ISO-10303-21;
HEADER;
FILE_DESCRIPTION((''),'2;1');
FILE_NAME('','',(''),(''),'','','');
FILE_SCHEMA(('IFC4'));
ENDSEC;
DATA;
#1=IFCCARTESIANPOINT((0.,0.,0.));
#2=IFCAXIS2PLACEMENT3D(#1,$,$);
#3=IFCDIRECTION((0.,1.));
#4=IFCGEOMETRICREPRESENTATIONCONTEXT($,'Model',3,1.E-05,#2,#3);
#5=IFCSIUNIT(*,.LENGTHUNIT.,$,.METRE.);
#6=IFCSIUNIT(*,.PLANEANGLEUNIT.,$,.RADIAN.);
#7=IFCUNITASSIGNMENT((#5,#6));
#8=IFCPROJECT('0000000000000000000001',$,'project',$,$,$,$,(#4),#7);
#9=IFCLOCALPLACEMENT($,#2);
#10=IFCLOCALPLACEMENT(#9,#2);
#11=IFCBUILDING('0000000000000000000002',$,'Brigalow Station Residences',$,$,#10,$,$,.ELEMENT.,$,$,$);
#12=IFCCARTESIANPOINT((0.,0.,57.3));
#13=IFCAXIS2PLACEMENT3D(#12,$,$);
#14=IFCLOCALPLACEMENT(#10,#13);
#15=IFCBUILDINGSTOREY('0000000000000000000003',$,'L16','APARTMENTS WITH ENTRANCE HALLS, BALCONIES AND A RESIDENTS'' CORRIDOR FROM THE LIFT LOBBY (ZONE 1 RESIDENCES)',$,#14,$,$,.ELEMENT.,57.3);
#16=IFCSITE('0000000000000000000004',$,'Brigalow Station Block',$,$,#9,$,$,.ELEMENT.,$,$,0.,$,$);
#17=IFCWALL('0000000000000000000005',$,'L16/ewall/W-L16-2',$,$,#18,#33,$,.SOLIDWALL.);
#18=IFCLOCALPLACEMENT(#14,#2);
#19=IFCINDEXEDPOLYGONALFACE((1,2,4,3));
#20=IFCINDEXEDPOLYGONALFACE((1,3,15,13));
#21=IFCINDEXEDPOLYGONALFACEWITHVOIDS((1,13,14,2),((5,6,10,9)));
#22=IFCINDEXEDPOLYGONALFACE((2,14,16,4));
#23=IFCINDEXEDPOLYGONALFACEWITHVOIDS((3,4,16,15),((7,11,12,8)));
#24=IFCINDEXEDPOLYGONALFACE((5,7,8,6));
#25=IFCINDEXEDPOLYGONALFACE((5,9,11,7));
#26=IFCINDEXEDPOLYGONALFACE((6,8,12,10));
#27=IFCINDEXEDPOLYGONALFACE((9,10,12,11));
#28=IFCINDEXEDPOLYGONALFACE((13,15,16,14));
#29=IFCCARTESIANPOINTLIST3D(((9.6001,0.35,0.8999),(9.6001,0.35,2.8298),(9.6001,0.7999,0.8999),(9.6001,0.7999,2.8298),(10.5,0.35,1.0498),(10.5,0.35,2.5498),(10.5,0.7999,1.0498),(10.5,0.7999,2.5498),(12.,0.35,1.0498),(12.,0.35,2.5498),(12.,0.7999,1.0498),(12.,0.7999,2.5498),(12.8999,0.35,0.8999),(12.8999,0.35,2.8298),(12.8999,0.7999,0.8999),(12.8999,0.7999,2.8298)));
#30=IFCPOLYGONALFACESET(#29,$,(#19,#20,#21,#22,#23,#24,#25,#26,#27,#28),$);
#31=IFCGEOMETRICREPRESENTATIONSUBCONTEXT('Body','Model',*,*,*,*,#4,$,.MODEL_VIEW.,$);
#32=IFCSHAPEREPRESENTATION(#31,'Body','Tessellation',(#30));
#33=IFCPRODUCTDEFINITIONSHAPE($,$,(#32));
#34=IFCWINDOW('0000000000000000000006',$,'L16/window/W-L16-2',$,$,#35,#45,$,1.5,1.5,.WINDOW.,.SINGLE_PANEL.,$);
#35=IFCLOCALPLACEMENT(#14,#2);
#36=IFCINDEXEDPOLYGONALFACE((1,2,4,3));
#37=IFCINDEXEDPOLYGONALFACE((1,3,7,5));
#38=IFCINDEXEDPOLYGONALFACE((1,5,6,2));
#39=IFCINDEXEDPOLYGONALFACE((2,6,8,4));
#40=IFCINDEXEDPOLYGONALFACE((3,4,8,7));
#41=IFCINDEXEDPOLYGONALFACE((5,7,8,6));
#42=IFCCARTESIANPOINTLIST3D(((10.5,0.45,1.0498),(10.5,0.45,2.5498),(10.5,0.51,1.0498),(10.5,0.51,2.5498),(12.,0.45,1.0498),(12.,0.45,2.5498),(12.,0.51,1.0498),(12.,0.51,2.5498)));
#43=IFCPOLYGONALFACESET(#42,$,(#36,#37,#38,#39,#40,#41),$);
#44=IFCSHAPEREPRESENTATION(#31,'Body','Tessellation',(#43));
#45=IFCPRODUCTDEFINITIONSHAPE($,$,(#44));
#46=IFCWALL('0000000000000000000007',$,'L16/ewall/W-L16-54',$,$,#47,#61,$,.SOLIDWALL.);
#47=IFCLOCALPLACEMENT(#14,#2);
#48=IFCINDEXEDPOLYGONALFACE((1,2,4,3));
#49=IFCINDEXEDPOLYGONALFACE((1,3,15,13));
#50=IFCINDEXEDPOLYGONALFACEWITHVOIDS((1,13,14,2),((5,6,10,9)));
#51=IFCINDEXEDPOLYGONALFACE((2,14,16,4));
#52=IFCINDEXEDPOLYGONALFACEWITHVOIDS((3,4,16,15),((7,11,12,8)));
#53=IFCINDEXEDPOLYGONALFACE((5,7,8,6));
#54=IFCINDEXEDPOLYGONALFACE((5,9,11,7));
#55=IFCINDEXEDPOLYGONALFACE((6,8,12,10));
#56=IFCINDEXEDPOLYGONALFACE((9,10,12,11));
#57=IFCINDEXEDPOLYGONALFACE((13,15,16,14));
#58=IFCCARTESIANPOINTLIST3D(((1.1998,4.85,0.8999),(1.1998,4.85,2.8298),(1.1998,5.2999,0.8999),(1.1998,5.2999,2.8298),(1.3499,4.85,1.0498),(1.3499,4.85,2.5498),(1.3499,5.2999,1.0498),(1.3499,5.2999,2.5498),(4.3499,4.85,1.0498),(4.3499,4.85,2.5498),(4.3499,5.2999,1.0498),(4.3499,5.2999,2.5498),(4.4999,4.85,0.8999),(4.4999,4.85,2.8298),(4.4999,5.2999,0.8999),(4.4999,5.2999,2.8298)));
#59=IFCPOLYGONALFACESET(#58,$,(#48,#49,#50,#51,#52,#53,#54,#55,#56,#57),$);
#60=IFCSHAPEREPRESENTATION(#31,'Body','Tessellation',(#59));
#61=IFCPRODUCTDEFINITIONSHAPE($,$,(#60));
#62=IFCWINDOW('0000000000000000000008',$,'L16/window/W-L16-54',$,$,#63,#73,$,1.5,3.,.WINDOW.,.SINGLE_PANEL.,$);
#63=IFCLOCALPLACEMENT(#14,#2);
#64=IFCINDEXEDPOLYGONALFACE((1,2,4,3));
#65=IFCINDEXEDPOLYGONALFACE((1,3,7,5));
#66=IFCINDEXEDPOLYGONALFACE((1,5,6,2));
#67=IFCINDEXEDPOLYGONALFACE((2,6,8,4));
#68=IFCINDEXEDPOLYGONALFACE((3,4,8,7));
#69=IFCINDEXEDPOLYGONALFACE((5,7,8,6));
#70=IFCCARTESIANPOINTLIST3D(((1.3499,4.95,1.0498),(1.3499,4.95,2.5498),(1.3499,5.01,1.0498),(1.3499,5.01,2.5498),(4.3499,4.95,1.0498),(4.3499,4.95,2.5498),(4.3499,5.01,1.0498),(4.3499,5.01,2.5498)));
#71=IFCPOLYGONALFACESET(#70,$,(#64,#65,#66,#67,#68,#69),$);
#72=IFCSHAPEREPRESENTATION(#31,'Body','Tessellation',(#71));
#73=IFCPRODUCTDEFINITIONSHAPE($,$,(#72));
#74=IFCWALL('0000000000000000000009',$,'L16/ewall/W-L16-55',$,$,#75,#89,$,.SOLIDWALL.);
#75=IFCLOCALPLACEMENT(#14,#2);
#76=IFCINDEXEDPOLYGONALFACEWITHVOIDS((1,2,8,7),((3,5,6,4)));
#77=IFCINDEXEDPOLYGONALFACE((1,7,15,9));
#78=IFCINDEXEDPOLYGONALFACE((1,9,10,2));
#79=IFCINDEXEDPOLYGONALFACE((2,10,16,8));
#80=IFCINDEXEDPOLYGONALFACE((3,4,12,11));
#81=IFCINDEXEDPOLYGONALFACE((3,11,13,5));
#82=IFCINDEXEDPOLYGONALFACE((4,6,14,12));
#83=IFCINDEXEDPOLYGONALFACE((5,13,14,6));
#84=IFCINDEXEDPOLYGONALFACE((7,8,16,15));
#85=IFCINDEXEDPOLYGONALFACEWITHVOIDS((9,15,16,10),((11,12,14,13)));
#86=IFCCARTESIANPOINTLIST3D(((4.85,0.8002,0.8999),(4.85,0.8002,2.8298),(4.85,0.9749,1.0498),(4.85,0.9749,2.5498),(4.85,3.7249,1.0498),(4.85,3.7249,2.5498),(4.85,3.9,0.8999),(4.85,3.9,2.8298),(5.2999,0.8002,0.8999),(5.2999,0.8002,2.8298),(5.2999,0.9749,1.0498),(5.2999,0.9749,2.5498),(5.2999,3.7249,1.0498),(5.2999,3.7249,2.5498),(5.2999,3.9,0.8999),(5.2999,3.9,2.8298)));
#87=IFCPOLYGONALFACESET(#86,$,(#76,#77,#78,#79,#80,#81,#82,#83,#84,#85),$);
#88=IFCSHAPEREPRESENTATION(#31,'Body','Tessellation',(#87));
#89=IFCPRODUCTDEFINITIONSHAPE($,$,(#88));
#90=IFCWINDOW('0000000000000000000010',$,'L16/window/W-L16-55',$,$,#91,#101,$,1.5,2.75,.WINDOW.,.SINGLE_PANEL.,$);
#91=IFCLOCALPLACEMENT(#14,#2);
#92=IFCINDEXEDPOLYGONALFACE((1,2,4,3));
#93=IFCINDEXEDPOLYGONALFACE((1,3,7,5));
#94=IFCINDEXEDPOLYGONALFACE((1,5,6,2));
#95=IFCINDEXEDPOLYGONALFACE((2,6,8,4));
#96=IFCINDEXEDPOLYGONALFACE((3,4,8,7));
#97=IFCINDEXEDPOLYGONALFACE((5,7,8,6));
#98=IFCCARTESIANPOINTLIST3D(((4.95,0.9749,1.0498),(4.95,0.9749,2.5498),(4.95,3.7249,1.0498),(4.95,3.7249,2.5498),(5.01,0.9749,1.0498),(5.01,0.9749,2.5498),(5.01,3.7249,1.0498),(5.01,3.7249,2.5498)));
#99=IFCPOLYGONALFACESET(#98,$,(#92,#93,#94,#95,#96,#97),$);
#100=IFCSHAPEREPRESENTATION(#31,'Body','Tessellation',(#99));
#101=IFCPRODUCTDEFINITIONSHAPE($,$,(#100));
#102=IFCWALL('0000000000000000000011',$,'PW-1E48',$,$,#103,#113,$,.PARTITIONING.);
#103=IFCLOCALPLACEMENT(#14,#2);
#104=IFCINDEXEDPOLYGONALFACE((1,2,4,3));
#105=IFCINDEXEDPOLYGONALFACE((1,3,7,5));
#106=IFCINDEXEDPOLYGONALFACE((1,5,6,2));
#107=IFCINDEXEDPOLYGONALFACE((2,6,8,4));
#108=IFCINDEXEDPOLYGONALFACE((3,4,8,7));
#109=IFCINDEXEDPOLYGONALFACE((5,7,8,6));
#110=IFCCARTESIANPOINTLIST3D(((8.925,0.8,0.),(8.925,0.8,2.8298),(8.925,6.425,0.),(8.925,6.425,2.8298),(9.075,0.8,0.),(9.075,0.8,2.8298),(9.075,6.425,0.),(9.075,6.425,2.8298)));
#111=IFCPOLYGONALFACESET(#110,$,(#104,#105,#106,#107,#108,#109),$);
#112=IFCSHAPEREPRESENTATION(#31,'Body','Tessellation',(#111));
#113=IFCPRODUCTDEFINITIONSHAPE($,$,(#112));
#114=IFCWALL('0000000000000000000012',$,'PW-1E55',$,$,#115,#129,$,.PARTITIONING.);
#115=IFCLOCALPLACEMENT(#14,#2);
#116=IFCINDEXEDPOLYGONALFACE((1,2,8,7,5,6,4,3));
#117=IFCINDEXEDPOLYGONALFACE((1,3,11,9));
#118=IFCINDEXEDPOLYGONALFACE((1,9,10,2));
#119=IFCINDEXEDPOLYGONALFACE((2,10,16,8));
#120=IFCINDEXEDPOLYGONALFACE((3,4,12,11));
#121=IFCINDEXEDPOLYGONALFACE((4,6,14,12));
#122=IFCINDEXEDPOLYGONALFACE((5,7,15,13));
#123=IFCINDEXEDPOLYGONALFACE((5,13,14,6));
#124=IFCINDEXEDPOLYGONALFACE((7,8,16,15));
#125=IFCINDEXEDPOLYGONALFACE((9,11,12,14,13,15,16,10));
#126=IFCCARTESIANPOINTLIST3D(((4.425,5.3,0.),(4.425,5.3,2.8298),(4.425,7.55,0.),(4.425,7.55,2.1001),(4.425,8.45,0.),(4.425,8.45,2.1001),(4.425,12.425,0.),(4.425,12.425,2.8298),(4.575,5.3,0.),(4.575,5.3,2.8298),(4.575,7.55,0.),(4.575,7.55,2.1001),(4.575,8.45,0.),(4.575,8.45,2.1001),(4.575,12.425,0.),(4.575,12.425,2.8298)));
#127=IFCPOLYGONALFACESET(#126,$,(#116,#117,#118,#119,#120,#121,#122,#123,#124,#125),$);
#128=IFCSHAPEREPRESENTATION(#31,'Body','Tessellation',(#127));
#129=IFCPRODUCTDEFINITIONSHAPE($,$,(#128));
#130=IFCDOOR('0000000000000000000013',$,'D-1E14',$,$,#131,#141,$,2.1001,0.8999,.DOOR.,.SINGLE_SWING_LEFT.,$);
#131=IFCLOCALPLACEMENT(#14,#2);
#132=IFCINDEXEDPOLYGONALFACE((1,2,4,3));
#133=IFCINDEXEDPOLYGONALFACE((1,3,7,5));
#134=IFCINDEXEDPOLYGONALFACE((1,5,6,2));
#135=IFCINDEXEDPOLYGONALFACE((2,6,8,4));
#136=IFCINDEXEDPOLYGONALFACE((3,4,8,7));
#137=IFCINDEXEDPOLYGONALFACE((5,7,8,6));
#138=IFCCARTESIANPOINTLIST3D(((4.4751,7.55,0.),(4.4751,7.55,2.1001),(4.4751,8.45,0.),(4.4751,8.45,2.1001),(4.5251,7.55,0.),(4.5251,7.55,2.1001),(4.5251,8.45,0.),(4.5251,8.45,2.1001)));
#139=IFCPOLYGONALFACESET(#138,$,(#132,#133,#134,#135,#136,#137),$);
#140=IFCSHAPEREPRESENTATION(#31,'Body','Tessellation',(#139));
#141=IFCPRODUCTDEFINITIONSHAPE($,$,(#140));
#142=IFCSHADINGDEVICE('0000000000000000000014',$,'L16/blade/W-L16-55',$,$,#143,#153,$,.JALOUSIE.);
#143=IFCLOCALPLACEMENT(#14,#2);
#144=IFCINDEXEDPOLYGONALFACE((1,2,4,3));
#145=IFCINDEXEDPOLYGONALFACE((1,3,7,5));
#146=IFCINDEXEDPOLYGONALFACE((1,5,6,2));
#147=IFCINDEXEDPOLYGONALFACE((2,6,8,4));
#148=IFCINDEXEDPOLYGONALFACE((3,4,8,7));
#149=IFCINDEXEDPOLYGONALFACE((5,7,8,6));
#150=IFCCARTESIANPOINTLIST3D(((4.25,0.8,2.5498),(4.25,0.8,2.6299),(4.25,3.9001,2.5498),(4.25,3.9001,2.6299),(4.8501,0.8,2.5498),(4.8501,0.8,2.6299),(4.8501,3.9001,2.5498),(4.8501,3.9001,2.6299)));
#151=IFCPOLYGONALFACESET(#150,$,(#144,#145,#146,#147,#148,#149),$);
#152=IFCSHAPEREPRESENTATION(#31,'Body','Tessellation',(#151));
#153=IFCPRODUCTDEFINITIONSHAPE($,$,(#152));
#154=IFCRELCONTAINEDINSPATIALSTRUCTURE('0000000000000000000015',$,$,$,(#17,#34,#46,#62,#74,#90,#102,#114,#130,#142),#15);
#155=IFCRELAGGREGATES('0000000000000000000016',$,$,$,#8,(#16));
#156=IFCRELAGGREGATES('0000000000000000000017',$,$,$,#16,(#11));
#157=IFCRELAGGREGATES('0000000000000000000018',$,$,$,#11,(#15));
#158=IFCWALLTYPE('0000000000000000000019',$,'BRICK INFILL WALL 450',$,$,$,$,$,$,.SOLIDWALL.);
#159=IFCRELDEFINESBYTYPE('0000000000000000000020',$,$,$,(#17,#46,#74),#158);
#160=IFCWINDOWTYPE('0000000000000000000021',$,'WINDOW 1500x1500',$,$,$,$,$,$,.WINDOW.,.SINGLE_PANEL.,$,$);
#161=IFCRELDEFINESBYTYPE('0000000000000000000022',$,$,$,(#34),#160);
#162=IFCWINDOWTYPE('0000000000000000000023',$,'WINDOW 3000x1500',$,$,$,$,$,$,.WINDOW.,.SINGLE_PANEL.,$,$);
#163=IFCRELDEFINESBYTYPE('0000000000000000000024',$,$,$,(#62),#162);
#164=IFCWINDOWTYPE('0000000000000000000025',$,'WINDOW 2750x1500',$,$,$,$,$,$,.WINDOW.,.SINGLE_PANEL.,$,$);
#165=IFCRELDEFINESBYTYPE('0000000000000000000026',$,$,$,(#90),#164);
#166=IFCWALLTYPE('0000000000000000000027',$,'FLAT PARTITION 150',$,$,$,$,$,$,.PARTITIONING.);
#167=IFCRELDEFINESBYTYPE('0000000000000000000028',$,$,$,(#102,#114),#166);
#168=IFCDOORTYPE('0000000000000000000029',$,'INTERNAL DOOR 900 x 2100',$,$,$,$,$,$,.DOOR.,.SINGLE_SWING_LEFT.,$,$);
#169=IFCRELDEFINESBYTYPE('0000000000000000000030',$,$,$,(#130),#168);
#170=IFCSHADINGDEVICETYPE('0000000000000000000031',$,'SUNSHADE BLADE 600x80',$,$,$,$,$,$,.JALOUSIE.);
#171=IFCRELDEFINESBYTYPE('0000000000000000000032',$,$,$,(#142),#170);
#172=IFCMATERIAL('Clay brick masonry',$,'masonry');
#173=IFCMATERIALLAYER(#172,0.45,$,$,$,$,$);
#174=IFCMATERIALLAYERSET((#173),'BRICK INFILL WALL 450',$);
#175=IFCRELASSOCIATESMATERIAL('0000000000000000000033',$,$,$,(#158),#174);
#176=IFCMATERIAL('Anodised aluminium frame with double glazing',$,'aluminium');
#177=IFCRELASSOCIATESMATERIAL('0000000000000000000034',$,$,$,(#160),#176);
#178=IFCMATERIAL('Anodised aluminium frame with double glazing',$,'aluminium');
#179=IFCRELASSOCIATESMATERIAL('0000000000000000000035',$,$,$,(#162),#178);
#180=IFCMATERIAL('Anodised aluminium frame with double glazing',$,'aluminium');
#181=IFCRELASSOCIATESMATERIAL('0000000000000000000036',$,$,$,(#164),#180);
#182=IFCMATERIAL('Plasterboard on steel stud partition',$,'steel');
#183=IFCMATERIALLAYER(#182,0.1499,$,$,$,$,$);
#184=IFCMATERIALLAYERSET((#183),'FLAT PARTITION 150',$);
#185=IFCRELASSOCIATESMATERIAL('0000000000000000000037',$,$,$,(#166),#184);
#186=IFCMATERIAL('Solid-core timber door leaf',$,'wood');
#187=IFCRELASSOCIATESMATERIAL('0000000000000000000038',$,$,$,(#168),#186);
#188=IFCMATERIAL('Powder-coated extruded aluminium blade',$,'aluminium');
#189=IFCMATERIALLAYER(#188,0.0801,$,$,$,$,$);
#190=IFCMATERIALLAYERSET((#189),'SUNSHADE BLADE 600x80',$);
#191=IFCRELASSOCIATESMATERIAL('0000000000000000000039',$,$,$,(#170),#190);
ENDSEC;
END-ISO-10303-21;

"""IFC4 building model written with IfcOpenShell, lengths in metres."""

from ifc_helpers import new_model, si_unit, direction, frame, frame_2d, origin, origin_2d, place, context, subcontext, project, spatial, rectangle, extrude, material, layer, layer_set, type_object, element, fill, save


model = new_model("IFC4")

# Units and contexts
model_context = context("Model", 3, precision=1e-05, world=origin(), true_north=direction((0.0, 1.0)))
body_context = subcontext(model_context, "Body", "Model", "MODEL_VIEW")
ifc_project = project(units=[si_unit("LENGTHUNIT", "METRE"), si_unit("PLANEANGLEUNIT", "RADIAN")], contexts=[model_context])

# Site, building, storey
site_placement = place(None, origin())
site = spatial("IfcSite", under=ifc_project, at=site_placement, Name="Brigalow Station Block", CompositionType="ELEMENT", RefElevation=0.0)
building_placement = place(site_placement, origin())
building = spatial("IfcBuilding", under=site, at=building_placement, Name="Brigalow Station Residences", CompositionType="ELEMENT")
storey_placement = place(building_placement, frame((0.0, 0.0, 57.3)))
storey = spatial("IfcBuildingStorey", under=building, at=storey_placement, Name="L16", Description="APARTMENTS WITH ENTRANCE HALLS, BALCONIES AND A RESIDENTS' CORRIDOR FROM THE LIFT LOBBY (ZONE 1 RESIDENCES)", CompositionType="ELEMENT", Elevation=57.3)

# Walls, openings, windows
ifc_material_1 = material(Name="Clay brick masonry", Category="masonry")
ifc_layer_1 = layer(ifc_material_1, 0.45)
ifc_layer_set_1 = layer_set([ifc_layer_1], Name="BRICK INFILL WALL 450")
wall_type_1 = type_object("IfcWallType", Name="BRICK INFILL WALL 450", PredefinedType="SOLIDWALL", material=ifc_layer_set_1)
ifc_material_2 = material(Name="Anodised aluminium frame with double glazing", Category="aluminium")
window_type_1 = type_object("IfcWindowType", Name="WINDOW 1500x1500", PartitioningType="SINGLE_PANEL", PredefinedType="WINDOW", material=ifc_material_2)
wall_1_placement = place(storey_placement, frame((9.6001, 0.575, 0.8999), z_axis=(0.0, 0.0, 1.0), x_axis=(1.0, 0.0, 0.0)))
wall_1 = element("IfcWall", 1, at=wall_1_placement, inside=storey, type_object=wall_type_1, Name="L16/ewall/W-L16-2", PredefinedType="SOLIDWALL", context=body_context, shape_type="SweptSolid", body=[
    extrude(rectangle(XDim=3.2998, YDim=0.45, at=frame_2d((1.6499, 0.0))), origin(), (0.0, 0.0, 1.0), 1.9299),
])
opening_1_placement = place(wall_1_placement, frame((0.8999, 0.0, 0.1499)))
opening_1 = element("IfcOpeningElement", 2, at=opening_1_placement, cuts=wall_1, PredefinedType="OPENING", context=body_context, shape_type="SweptSolid", body=[
    extrude(rectangle(XDim=1.5, YDim=1.5, at=frame_2d((0.75, 0.75))), frame((0.0, 0.2349, 0.0), z_axis=(0.0, -1.0, 0.0), x_axis=(1.0, 0.0, 0.0)), (0.0, 0.0, 1.0), 0.47),
])
window_1_placement = place(opening_1_placement, origin())
window_1 = element("IfcWindow", 3, at=window_1_placement, inside=storey, type_object=window_type_1, Name="L16/window/W-L16-2", OverallHeight=1.5, OverallWidth=1.5, PartitioningType="SINGLE_PANEL", PredefinedType="WINDOW", context=body_context, shape_type="SweptSolid", body=[
    extrude(rectangle(XDim=1.5, YDim=1.5, at=frame_2d((0.75, 0.75))), frame((0.0, -0.0649, 0.0), z_axis=(0.0, -1.0, 0.0), x_axis=(1.0, 0.0, 0.0)), (0.0, 0.0, 1.0), 0.0601),
])
fill(opening_1, window_1)
wall_2_placement = place(storey_placement, frame((1.2, 5.075, 0.8999), z_axis=(0.0, 0.0, 1.0), x_axis=(1.0, 0.0, 0.0)))
wall_2 = element("IfcWall", 4, at=wall_2_placement, inside=storey, type_object=wall_type_1, Name="L16/ewall/W-L16-54", PredefinedType="SOLIDWALL", context=body_context, shape_type="SweptSolid", body=[
    extrude(rectangle(XDim=3.3, YDim=0.45, at=frame_2d((1.6499, 0.0))), origin(), (0.0, 0.0, 1.0), 1.9299),
])
opening_2_placement = place(wall_2_placement, frame((0.1499, 0.0, 0.1499)))
opening_2 = element("IfcOpeningElement", 5, at=opening_2_placement, cuts=wall_2, PredefinedType="OPENING", context=body_context, shape_type="SweptSolid", body=[
    extrude(rectangle(XDim=3.0, YDim=1.5, at=frame_2d((1.5, 0.75))), frame((0.0, 0.2349, 0.0), z_axis=(0.0, -1.0, 0.0), x_axis=(1.0, 0.0, 0.0)), (0.0, 0.0, 1.0), 0.47),
])
ifc_material_3 = material(Name="Anodised aluminium frame with double glazing", Category="aluminium")
window_type_2 = type_object("IfcWindowType", Name="WINDOW 3000x1500", PartitioningType="SINGLE_PANEL", PredefinedType="WINDOW", material=ifc_material_3)
window_2_placement = place(opening_2_placement, origin())
window_2 = element("IfcWindow", 6, at=window_2_placement, inside=storey, type_object=window_type_2, Name="L16/window/W-L16-54", OverallHeight=1.5, OverallWidth=3.0, PartitioningType="SINGLE_PANEL", PredefinedType="WINDOW", context=body_context, shape_type="SweptSolid", body=[
    extrude(rectangle(XDim=3.0, YDim=1.5, at=frame_2d((1.5, 0.75))), frame((0.0, -0.0649, 0.0), z_axis=(0.0, -1.0, 0.0), x_axis=(1.0, 0.0, 0.0)), (0.0, 0.0, 1.0), 0.0601),
])
fill(opening_2, window_2)
wall_3_placement = place(storey_placement, frame((5.075, 3.8999, 0.8999), z_axis=(0.0, 0.0, 1.0), x_axis=(0.0, -1.0, 0.0)))
wall_3 = element("IfcWall", 7, at=wall_3_placement, inside=storey, type_object=wall_type_1, Name="L16/ewall/W-L16-55", PredefinedType="SOLIDWALL", context=body_context, shape_type="SweptSolid", body=[
    extrude(rectangle(XDim=3.0999, YDim=0.45, at=frame_2d((1.5498, 0.0))), origin(), (0.0, 0.0, 1.0), 1.9299),
])
opening_3_placement = place(wall_3_placement, frame((0.175, 0.0, 0.1499)))
opening_3 = element("IfcOpeningElement", 8, at=opening_3_placement, cuts=wall_3, PredefinedType="OPENING", context=body_context, shape_type="SweptSolid", body=[
    extrude(rectangle(XDim=2.75, YDim=1.5, at=frame_2d((1.375, 0.75))), frame((0.0, 0.2349, 0.0), z_axis=(0.0, -1.0, 0.0), x_axis=(1.0, 0.0, 0.0)), (0.0, 0.0, 1.0), 0.47),
])
ifc_material_4 = material(Name="Anodised aluminium frame with double glazing", Category="aluminium")
window_type_3 = type_object("IfcWindowType", Name="WINDOW 2750x1500", PartitioningType="SINGLE_PANEL", PredefinedType="WINDOW", material=ifc_material_4)
window_3_placement = place(opening_3_placement, origin())
window_3 = element("IfcWindow", 9, at=window_3_placement, inside=storey, type_object=window_type_3, Name="L16/window/W-L16-55", OverallHeight=1.5, OverallWidth=2.75, PartitioningType="SINGLE_PANEL", PredefinedType="WINDOW", context=body_context, shape_type="SweptSolid", body=[
    extrude(rectangle(XDim=2.75, YDim=1.5, at=frame_2d((1.375, 0.75))), frame((0.0, -0.0649, 0.0), z_axis=(0.0, -1.0, 0.0), x_axis=(1.0, 0.0, 0.0)), (0.0, 0.0, 1.0), 0.0601),
])
fill(opening_3, window_3)

# Wall
ifc_material_5 = material(Name="Plasterboard on steel stud partition", Category="steel")
ifc_layer_2 = layer(ifc_material_5, 0.1499)
ifc_layer_set_2 = layer_set([ifc_layer_2], Name="FLAT PARTITION 150")
wall_type_2 = type_object("IfcWallType", Name="FLAT PARTITION 150", PredefinedType="PARTITIONING", material=ifc_layer_set_2)
wall_4_placement = place(storey_placement, frame((9.0, 0.8, 0.0), z_axis=(0.0, 0.0, 1.0), x_axis=(0.0, 1.0, 0.0)))
element("IfcWall", 10, at=wall_4_placement, inside=storey, type_object=wall_type_2, Name="PW-1E48", PredefinedType="PARTITIONING", context=body_context, shape_type="SweptSolid", body=[
    extrude(rectangle(XDim=5.625, YDim=0.1499, at=frame_2d((2.8125, 0.0))), origin(), (0.0, 0.0, 1.0), 2.8298),
])

# Wall, opening, door
wall_5_placement = place(storey_placement, frame((4.5, 5.3, 0.0), z_axis=(0.0, 0.0, 1.0), x_axis=(0.0, 1.0, 0.0)))
wall_5 = element("IfcWall", 11, at=wall_5_placement, inside=storey, type_object=wall_type_2, Name="PW-1E55", PredefinedType="PARTITIONING", context=body_context, shape_type="SweptSolid", body=[
    extrude(rectangle(XDim=7.125, YDim=0.1499, at=frame_2d((3.5625, 0.0))), origin(), (0.0, 0.0, 1.0), 2.8298),
])
opening_4_placement = place(wall_5_placement, frame((2.25, 0.0, 0.0)))
opening_4 = element("IfcOpeningElement", 12, at=opening_4_placement, cuts=wall_5, PredefinedType="OPENING", context=body_context, shape_type="SweptSolid", body=[
    extrude(rectangle(XDim=0.8999, YDim=2.1001, at=frame_2d((0.45, 1.05))), frame((0.0, 0.085, 0.0), z_axis=(0.0, -1.0, 0.0), x_axis=(1.0, 0.0, 0.0)), (0.0, 0.0, 1.0), 0.1699),
])
ifc_material_6 = material(Name="Solid-core timber door leaf", Category="wood")
door_type = type_object("IfcDoorType", Name="INTERNAL DOOR 900 x 2100", OperationType="SINGLE_SWING_LEFT", PredefinedType="DOOR", material=ifc_material_6)
door_placement = place(opening_4_placement, origin())
door = element("IfcDoor", 13, at=door_placement, inside=storey, type_object=door_type, Name="D-1E14", OperationType="SINGLE_SWING_LEFT", OverallHeight=2.1001, OverallWidth=0.8999, PredefinedType="DOOR", context=body_context, shape_type="SweptSolid", body=[
    extrude(rectangle(XDim=0.8999, YDim=2.1001, at=frame_2d((0.45, 1.05))), frame((0.0, 0.0249, 0.0), z_axis=(0.0, -1.0, 0.0), x_axis=(1.0, 0.0, 0.0)), (0.0, 0.0, 1.0), 0.05),
])
fill(opening_4, door)

# Shading device
ifc_material_7 = material(Name="Powder-coated extruded aluminium blade", Category="aluminium")
ifc_layer_3 = layer(ifc_material_7, 0.0801)
ifc_layer_set_3 = layer_set([ifc_layer_3], Name="SUNSHADE BLADE 600x80")
shading_device_type = type_object("IfcShadingDeviceType", Name="SUNSHADE BLADE 600x80", PredefinedType="JALOUSIE", material=ifc_layer_set_3)
shading_device_placement = place(storey_placement, frame((4.55, 2.3501, 2.5498), z_axis=(0.0, 0.0, 1.0), x_axis=(0.0, -1.0, 0.0)))
element("IfcShadingDevice", 14, at=shading_device_placement, inside=storey, type_object=shading_device_type, Name="L16/blade/W-L16-55", PredefinedType="JALOUSIE", context=body_context, shape_type="SweptSolid", body=[
    extrude(rectangle(XDim=3.1001, YDim=0.6001, at=origin_2d()), origin(), (0.0, 0.0, 1.0), 0.0801),
])

save(model, "model.ifc")
